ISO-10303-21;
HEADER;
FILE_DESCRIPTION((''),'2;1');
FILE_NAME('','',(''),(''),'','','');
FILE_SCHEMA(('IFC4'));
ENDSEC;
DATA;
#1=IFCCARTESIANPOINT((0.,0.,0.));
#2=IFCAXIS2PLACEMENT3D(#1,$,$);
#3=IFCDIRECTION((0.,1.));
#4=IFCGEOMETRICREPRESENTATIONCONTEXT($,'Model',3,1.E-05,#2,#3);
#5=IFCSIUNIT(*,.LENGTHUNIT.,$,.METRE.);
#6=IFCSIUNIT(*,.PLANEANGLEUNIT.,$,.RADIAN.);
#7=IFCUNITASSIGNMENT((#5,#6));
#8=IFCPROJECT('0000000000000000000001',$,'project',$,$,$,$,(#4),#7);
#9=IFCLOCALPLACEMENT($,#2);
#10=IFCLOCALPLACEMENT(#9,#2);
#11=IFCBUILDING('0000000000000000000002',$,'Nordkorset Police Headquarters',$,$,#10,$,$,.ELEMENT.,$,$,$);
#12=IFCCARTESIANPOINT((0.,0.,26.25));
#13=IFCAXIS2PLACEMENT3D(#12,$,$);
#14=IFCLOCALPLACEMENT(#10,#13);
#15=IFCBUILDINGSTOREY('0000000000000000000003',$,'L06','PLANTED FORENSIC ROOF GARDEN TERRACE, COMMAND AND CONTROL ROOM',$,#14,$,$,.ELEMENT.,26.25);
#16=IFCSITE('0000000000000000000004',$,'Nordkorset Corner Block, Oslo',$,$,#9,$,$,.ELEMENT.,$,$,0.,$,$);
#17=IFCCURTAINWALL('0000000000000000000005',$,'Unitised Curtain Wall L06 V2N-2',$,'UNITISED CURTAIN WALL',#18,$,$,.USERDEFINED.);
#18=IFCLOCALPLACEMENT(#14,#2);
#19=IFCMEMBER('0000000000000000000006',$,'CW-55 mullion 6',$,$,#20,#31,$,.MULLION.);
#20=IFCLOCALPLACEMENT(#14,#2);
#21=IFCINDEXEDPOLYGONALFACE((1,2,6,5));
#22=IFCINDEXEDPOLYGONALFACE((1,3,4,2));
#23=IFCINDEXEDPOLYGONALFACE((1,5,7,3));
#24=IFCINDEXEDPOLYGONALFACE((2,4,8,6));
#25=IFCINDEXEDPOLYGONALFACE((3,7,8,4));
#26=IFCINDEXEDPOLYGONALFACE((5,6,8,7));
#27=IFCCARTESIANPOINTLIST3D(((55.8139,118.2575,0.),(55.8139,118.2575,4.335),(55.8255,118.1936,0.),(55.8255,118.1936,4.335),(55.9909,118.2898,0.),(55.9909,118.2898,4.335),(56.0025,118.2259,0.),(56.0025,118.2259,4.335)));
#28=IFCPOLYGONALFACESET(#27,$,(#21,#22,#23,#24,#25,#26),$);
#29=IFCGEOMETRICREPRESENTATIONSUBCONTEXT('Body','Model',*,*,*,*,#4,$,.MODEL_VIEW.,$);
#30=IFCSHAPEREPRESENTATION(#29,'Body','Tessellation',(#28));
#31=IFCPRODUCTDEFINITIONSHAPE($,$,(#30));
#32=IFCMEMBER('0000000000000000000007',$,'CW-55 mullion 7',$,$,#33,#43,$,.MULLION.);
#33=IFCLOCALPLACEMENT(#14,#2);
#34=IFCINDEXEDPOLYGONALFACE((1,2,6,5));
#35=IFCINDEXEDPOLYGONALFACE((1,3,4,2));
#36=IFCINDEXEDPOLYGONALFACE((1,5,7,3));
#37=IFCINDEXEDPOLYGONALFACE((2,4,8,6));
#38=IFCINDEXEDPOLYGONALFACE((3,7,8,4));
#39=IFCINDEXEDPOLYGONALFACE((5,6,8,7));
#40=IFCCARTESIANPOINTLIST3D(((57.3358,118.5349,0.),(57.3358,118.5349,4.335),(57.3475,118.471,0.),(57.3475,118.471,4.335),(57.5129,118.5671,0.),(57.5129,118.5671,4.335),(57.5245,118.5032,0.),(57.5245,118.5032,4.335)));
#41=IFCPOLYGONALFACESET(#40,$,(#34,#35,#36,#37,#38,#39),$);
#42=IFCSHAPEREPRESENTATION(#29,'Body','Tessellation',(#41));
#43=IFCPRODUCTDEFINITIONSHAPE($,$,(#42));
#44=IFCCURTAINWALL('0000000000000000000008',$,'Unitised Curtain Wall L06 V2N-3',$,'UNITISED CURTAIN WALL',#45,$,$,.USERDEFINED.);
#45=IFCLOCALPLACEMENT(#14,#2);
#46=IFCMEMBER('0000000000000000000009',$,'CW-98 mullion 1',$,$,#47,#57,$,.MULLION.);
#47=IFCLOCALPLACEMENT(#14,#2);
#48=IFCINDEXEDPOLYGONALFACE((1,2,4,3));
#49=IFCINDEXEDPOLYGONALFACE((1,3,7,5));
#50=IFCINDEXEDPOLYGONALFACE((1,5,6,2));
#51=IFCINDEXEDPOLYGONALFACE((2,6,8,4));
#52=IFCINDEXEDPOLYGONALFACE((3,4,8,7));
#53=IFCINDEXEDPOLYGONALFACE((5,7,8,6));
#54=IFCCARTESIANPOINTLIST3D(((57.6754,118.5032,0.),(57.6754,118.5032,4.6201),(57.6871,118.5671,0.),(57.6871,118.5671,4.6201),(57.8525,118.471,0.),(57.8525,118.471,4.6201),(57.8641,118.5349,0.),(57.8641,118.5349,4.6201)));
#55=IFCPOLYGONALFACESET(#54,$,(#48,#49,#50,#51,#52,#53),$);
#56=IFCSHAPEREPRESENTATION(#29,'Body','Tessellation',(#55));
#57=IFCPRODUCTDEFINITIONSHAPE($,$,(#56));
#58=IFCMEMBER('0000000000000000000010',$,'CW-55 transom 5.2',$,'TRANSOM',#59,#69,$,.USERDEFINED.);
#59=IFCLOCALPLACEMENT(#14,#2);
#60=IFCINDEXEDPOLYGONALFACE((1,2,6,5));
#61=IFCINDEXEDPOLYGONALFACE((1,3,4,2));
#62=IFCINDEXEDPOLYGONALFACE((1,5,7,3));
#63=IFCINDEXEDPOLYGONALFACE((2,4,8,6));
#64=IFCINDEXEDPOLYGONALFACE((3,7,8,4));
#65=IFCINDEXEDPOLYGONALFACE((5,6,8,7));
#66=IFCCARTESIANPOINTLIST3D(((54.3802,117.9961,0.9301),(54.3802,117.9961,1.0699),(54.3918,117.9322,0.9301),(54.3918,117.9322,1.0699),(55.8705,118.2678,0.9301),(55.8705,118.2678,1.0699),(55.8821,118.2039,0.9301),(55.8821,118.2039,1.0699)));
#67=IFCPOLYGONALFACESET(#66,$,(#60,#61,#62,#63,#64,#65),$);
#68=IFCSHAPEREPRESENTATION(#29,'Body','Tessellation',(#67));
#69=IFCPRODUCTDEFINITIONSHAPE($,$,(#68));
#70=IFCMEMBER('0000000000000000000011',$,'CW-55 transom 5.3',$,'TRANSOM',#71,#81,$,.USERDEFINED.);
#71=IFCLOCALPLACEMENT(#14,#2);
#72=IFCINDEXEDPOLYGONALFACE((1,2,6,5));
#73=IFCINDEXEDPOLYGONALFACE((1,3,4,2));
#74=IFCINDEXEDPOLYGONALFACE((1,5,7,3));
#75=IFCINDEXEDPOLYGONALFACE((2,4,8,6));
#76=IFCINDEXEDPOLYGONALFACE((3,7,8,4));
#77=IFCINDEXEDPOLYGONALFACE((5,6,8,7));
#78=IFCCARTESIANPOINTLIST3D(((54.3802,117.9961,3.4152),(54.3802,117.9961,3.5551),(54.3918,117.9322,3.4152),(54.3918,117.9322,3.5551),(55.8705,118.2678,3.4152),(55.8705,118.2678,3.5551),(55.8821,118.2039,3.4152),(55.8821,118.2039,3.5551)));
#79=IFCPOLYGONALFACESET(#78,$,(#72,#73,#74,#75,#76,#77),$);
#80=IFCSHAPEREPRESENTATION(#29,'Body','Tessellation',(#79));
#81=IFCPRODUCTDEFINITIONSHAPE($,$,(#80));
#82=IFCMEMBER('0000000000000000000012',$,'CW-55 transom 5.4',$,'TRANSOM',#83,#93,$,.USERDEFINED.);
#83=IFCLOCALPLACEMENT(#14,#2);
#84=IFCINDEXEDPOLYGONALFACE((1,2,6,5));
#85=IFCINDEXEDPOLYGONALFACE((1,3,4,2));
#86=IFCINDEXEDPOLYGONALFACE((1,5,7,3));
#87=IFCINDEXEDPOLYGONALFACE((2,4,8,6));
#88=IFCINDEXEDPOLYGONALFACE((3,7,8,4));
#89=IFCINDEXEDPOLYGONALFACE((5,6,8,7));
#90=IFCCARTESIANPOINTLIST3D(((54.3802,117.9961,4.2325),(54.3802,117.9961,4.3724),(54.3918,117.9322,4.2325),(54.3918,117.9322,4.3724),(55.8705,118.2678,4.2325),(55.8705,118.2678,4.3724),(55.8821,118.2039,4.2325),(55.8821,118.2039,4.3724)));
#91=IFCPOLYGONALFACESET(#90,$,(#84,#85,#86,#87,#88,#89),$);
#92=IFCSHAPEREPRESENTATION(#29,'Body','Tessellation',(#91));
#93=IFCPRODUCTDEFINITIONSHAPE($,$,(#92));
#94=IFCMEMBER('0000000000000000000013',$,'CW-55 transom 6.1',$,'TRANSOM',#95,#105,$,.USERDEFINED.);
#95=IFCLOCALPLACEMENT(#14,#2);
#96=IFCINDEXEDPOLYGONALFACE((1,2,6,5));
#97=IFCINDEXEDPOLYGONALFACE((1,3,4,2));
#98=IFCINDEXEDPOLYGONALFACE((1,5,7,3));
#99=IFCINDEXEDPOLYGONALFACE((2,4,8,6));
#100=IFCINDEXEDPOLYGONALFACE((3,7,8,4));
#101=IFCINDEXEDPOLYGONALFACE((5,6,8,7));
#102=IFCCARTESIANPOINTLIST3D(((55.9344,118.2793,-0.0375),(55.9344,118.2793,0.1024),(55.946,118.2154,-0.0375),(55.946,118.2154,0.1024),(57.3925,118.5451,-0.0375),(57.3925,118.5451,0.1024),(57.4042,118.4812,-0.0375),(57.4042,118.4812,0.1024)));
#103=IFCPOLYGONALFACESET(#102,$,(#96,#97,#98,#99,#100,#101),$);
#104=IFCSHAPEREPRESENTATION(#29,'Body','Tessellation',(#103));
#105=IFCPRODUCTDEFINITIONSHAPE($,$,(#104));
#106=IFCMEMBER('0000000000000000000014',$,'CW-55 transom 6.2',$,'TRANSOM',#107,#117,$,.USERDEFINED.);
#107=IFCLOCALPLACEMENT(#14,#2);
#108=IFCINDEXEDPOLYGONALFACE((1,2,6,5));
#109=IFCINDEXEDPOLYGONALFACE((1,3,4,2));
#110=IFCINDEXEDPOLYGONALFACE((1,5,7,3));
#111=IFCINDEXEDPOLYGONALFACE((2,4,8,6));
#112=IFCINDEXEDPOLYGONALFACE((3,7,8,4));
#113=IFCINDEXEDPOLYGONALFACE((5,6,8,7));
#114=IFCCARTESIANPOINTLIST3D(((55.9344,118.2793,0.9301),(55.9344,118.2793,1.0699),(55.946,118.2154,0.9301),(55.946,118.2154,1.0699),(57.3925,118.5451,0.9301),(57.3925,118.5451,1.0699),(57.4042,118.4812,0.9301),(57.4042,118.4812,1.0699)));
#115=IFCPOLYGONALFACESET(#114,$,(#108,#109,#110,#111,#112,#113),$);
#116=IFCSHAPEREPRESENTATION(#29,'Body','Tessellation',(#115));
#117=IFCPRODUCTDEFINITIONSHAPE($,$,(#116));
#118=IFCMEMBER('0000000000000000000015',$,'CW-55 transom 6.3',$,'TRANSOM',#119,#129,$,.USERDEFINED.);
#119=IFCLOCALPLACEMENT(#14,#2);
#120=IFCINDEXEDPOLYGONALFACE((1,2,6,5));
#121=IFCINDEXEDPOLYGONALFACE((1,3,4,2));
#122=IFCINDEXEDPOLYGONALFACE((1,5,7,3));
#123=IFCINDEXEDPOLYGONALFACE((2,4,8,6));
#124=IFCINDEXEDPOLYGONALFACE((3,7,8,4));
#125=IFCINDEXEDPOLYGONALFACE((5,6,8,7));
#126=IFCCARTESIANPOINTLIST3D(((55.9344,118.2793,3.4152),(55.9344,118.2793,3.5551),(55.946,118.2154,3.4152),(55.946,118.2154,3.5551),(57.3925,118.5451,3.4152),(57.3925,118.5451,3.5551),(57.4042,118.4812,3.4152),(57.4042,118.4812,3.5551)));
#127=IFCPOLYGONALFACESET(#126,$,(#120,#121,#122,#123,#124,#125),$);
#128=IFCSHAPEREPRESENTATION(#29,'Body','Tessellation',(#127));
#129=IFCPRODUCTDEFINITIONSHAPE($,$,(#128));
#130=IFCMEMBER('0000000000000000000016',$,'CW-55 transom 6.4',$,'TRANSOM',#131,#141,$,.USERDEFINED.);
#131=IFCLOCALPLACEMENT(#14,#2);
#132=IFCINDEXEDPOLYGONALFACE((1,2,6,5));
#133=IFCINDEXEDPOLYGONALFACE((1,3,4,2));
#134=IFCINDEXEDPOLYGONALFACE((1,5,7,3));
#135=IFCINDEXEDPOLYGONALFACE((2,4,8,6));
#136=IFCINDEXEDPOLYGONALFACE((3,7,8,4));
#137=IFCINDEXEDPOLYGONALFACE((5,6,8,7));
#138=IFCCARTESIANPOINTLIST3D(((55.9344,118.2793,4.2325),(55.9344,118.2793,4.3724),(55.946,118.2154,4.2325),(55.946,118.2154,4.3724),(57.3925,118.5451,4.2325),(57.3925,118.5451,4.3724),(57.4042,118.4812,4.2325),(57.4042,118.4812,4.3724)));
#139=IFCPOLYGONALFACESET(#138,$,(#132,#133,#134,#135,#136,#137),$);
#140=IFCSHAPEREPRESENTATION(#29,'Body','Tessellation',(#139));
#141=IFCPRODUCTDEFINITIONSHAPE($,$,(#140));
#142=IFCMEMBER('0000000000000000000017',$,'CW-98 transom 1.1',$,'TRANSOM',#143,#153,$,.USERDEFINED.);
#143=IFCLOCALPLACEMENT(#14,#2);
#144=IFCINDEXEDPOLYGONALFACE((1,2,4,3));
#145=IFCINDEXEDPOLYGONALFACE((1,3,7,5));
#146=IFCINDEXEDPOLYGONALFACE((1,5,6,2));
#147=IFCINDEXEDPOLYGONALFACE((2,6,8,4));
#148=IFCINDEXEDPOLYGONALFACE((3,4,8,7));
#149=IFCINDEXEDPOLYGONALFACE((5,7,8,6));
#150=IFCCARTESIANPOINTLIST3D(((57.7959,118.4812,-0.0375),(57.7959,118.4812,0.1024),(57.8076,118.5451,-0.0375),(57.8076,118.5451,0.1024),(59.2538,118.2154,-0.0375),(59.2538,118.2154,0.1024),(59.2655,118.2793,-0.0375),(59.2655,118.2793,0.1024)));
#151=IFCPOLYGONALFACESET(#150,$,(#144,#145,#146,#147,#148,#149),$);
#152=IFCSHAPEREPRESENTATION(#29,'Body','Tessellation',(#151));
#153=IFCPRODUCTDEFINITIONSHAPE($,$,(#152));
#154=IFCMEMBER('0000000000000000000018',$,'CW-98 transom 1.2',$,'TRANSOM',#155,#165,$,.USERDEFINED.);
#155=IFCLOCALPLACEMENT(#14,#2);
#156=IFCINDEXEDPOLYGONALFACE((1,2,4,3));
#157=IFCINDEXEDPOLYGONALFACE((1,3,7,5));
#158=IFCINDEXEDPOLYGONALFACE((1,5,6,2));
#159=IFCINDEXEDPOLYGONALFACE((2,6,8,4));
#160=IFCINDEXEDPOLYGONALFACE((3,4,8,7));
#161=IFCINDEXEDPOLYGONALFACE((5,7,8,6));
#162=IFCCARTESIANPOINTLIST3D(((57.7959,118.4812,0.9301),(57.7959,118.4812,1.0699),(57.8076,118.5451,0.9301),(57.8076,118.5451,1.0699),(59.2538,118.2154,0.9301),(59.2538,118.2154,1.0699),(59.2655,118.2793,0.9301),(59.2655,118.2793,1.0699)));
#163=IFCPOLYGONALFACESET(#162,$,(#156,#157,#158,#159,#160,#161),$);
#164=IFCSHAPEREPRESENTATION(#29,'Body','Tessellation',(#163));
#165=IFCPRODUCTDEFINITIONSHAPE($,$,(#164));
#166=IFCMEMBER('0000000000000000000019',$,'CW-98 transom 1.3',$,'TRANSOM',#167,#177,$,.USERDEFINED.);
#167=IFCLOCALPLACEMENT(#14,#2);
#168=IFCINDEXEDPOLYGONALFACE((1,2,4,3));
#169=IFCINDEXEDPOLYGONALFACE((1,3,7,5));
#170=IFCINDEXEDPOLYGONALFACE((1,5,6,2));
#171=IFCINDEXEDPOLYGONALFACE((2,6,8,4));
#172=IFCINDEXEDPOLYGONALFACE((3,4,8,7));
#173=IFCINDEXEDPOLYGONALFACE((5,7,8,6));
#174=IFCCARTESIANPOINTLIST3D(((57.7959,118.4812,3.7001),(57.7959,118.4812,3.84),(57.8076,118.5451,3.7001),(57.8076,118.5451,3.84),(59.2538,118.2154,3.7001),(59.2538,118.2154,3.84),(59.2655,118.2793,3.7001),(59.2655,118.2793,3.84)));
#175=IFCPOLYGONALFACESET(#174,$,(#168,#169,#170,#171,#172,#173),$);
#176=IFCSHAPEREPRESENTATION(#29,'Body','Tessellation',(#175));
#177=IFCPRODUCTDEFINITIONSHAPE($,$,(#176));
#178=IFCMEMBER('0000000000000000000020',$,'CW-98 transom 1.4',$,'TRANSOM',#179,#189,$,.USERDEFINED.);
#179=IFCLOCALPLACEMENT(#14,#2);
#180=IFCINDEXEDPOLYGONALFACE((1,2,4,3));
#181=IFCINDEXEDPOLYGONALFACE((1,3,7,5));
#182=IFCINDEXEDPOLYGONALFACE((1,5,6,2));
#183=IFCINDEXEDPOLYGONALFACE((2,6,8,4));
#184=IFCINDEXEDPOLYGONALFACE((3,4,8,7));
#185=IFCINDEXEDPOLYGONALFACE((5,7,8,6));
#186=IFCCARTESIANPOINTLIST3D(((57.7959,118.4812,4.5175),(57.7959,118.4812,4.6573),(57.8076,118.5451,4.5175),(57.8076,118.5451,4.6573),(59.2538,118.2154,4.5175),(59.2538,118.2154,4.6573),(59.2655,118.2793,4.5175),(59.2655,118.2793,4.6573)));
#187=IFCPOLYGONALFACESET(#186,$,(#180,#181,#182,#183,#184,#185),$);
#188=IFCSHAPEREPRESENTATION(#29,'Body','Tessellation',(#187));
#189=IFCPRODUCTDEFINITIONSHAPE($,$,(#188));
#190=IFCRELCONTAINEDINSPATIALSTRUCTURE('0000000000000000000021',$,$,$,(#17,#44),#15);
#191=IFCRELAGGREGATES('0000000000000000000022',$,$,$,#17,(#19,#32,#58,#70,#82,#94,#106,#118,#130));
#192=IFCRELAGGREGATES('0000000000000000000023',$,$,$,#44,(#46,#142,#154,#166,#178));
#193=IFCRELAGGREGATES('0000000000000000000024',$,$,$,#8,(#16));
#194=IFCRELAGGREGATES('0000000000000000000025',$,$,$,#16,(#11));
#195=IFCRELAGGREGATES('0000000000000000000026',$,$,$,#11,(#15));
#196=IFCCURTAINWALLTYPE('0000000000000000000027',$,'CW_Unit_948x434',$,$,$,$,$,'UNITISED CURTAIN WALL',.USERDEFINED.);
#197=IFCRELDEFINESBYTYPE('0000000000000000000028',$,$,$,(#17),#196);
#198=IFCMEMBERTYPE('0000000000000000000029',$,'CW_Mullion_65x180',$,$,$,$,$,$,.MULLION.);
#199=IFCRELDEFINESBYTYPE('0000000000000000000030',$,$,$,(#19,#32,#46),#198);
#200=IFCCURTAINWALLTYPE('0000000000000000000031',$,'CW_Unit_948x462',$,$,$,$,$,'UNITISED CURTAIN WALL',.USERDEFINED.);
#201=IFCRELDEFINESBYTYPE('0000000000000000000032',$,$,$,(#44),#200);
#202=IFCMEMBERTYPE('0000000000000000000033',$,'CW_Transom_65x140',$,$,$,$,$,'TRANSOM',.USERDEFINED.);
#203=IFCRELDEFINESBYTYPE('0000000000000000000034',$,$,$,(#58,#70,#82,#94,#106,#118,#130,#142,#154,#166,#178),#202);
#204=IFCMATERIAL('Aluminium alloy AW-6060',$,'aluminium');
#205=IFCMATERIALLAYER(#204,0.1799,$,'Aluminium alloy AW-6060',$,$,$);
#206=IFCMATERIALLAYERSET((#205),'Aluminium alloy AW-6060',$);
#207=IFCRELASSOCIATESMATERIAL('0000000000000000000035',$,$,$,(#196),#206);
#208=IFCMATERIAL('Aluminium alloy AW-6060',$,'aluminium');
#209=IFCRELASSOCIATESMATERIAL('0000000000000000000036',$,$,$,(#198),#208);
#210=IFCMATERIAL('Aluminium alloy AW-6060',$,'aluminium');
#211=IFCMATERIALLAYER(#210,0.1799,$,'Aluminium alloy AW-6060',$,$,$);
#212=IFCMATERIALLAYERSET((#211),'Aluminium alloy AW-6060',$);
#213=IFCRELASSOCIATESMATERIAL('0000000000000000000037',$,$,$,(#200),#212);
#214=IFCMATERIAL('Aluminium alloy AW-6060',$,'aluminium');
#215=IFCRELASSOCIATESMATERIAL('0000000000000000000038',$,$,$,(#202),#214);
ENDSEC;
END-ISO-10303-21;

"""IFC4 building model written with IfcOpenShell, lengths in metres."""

from ifc_helpers import new_model, si_unit, direction, frame, origin, origin_2d, place, context, subcontext, project, spatial, rectangle, extrude, material, layer, layer_set, material_profile, profile_set, type_object, element, aggregate, save


model = new_model("IFC4")

# Units and contexts
model_context = context("Model", 3, precision=1e-05, world=origin(), true_north=direction((0.0, 1.0)))
body_context = subcontext(model_context, "Body", "Model", "MODEL_VIEW")
ifc_project = project(units=[si_unit("LENGTHUNIT", "METRE"), si_unit("PLANEANGLEUNIT", "RADIAN")], contexts=[model_context])

# Site, building, storey
site_placement = place(None, origin())
site = spatial("IfcSite", under=ifc_project, at=site_placement, Name="Nordkorset Corner Block, Oslo", CompositionType="ELEMENT", RefElevation=0.0)
building_placement = place(site_placement, origin())
building = spatial("IfcBuilding", under=site, at=building_placement, Name="Nordkorset Police Headquarters", CompositionType="ELEMENT")
storey_placement = place(building_placement, frame((0.0, 0.0, 26.25)))
storey = spatial("IfcBuildingStorey", under=building, at=storey_placement, Name="L06", Description="PLANTED FORENSIC ROOF GARDEN TERRACE, COMMAND AND CONTROL ROOM", CompositionType="ELEMENT", Elevation=26.25)

# Curtain wall, members
ifc_material_1 = material(Name="Aluminium alloy AW-6060", Category="aluminium")
ifc_layer_1 = layer(ifc_material_1, 0.1799, Name="Aluminium alloy AW-6060")
ifc_layer_set_1 = layer_set([ifc_layer_1], Name="Aluminium alloy AW-6060")
curtain_wall_type_1 = type_object("IfcCurtainWallType", Name="CW_Unit_948x434", ElementType="UNITISED CURTAIN WALL", PredefinedType="USERDEFINED", material=ifc_layer_set_1)
curtain_wall_1_placement = place(storey_placement, origin())
curtain_wall_1 = element("IfcCurtainWall", 1, at=curtain_wall_1_placement, inside=storey, type_object=curtain_wall_type_1, Name="Unitised Curtain Wall L06 V2N-2", ObjectType="UNITISED CURTAIN WALL", PredefinedType="USERDEFINED")
ifc_material_2 = material(Name="Aluminium alloy AW-6060", Category="aluminium")
ifc_material_profile_1 = material_profile(ifc_material_2, rectangle(XDim=0.0649, YDim=0.1799, at=origin_2d()), Name="ALU MULL 65x180")
ifc_profile_set_1 = profile_set([ifc_material_profile_1], Name="Aluminium alloy AW-6060")
member_type_1 = type_object("IfcMemberType", Name="CW_Mullion_65x180", PredefinedType="MULLION", material=ifc_profile_set_1)
member_1_placement = place(storey_placement, frame((55.9082, 118.2417, 0.0), z_axis=(0.0, 0.0, 1.0), x_axis=(-0.179336, 0.983788, 0.0)))
member_1 = element("IfcMember", 2, at=member_1_placement, type_object=member_type_1, Name="CW-55 mullion 6", PredefinedType="MULLION", context=body_context, shape_type="SweptSolid", body=[
    extrude(rectangle(XDim=0.0649, YDim=0.1799, at=origin_2d()), origin(), (0.0, 0.0, 1.0), 4.335),
])
member_2_placement = place(storey_placement, frame((57.4302, 118.519, 0.0), z_axis=(0.0, 0.0, 1.0), x_axis=(-0.179336, 0.983788, 0.0)))
member_2 = element("IfcMember", 3, at=member_2_placement, type_object=member_type_1, Name="CW-55 mullion 7", PredefinedType="MULLION", context=body_context, shape_type="SweptSolid", body=[
    extrude(rectangle(XDim=0.0649, YDim=0.1799, at=origin_2d()), origin(), (0.0, 0.0, 1.0), 4.335),
])

# Curtain wall, member
ifc_material_3 = material(Name="Aluminium alloy AW-6060", Category="aluminium")
ifc_layer_2 = layer(ifc_material_3, 0.1799, Name="Aluminium alloy AW-6060")
ifc_layer_set_2 = layer_set([ifc_layer_2], Name="Aluminium alloy AW-6060")
curtain_wall_type_2 = type_object("IfcCurtainWallType", Name="CW_Unit_948x462", ElementType="UNITISED CURTAIN WALL", PredefinedType="USERDEFINED", material=ifc_layer_set_2)
curtain_wall_2_placement = place(storey_placement, origin())
curtain_wall_2 = element("IfcCurtainWall", 4, at=curtain_wall_2_placement, inside=storey, type_object=curtain_wall_type_2, Name="Unitised Curtain Wall L06 V2N-3", ObjectType="UNITISED CURTAIN WALL", PredefinedType="USERDEFINED")
member_3_placement = place(storey_placement, frame((57.7698, 118.519, 0.0), z_axis=(0.0, 0.0, 1.0), x_axis=(0.179336, 0.983788, 0.0)))
member_3 = element("IfcMember", 5, at=member_3_placement, type_object=member_type_1, Name="CW-98 mullion 1", PredefinedType="MULLION", context=body_context, shape_type="SweptSolid", body=[
    extrude(rectangle(XDim=0.0649, YDim=0.1799, at=origin_2d()), origin(), (0.0, 0.0, 1.0), 4.6201),
])

# Members
ifc_material_4 = material(Name="Aluminium alloy AW-6060", Category="aluminium")
ifc_material_profile_2 = material_profile(ifc_material_4, rectangle(XDim=0.0649, YDim=0.1399, at=origin_2d()), Name="ALU TRAN 65x140")
ifc_profile_set_2 = profile_set([ifc_material_profile_2], Name="Aluminium alloy AW-6060")
member_type_2 = type_object("IfcMemberType", Name="CW_Transom_65x140", ElementType="TRANSOM", PredefinedType="USERDEFINED", material=ifc_profile_set_2)
member_4_placement = place(storey_placement, frame((54.386, 117.9641, 1.0), z_axis=(0.98378, 0.179382, 0.0), x_axis=(-0.179382, 0.98378, 0.0)))
member_4 = element("IfcMember", 6, at=member_4_placement, type_object=member_type_2, Name="CW-55 transom 5.2", ObjectType="TRANSOM", PredefinedType="USERDEFINED", context=body_context, shape_type="SweptSolid", body=[
    extrude(rectangle(XDim=0.0649, YDim=0.1399, at=origin_2d()), origin(), (0.0, 0.0, 1.0), 1.5149),
])
member_5_placement = place(storey_placement, frame((54.386, 117.9641, 3.4851), z_axis=(0.98378, 0.179382, 0.0), x_axis=(-0.179382, 0.98378, 0.0)))
member_5 = element("IfcMember", 7, at=member_5_placement, type_object=member_type_2, Name="CW-55 transom 5.3", ObjectType="TRANSOM", PredefinedType="USERDEFINED", context=body_context, shape_type="SweptSolid", body=[
    extrude(rectangle(XDim=0.0649, YDim=0.1399, at=origin_2d()), origin(), (0.0, 0.0, 1.0), 1.5149),
])
member_6_placement = place(storey_placement, frame((54.386, 117.9641, 4.3025), z_axis=(0.98378, 0.179382, 0.0), x_axis=(-0.179382, 0.98378, 0.0)))
member_6 = element("IfcMember", 8, at=member_6_placement, type_object=member_type_2, Name="CW-55 transom 5.4", ObjectType="TRANSOM", PredefinedType="USERDEFINED", context=body_context, shape_type="SweptSolid", body=[
    extrude(rectangle(XDim=0.0649, YDim=0.1399, at=origin_2d()), origin(), (0.0, 0.0, 1.0), 1.5149),
])
member_7_placement = place(storey_placement, frame((55.9402, 118.2473, 0.0325), z_axis=(0.983783, 0.179364, 0.0), x_axis=(-0.179364, 0.983783, 0.0)))
member_7 = element("IfcMember", 9, at=member_7_placement, type_object=member_type_2, Name="CW-55 transom 6.1", ObjectType="TRANSOM", PredefinedType="USERDEFINED", context=body_context, shape_type="SweptSolid", body=[
    extrude(rectangle(XDim=0.0649, YDim=0.1399, at=origin_2d()), origin(), (0.0, 0.0, 1.0), 1.4822),
])
member_8_placement = place(storey_placement, frame((55.9402, 118.2473, 1.0), z_axis=(0.983783, 0.179364, 0.0), x_axis=(-0.179364, 0.983783, 0.0)))
member_8 = element("IfcMember", 10, at=member_8_placement, type_object=member_type_2, Name="CW-55 transom 6.2", ObjectType="TRANSOM", PredefinedType="USERDEFINED", context=body_context, shape_type="SweptSolid", body=[
    extrude(rectangle(XDim=0.0649, YDim=0.1399, at=origin_2d()), origin(), (0.0, 0.0, 1.0), 1.4822),
])
member_9_placement = place(storey_placement, frame((55.9402, 118.2473, 3.4851), z_axis=(0.983783, 0.179364, 0.0), x_axis=(-0.179364, 0.983783, 0.0)))
member_9 = element("IfcMember", 11, at=member_9_placement, type_object=member_type_2, Name="CW-55 transom 6.3", ObjectType="TRANSOM", PredefinedType="USERDEFINED", context=body_context, shape_type="SweptSolid", body=[
    extrude(rectangle(XDim=0.0649, YDim=0.1399, at=origin_2d()), origin(), (0.0, 0.0, 1.0), 1.4822),
])
member_10_placement = place(storey_placement, frame((55.9402, 118.2473, 4.3025), z_axis=(0.983783, 0.179364, 0.0), x_axis=(-0.179364, 0.983783, 0.0)))
member_10 = element("IfcMember", 12, at=member_10_placement, type_object=member_type_2, Name="CW-55 transom 6.4", ObjectType="TRANSOM", PredefinedType="USERDEFINED", context=body_context, shape_type="SweptSolid", body=[
    extrude(rectangle(XDim=0.0649, YDim=0.1399, at=origin_2d()), origin(), (0.0, 0.0, 1.0), 1.4822),
])
member_11_placement = place(storey_placement, frame((57.8018, 118.5132, 0.0325), z_axis=(0.983778, -0.179393, 0.0), x_axis=(0.179393, 0.983778, 0.0)))
member_11 = element("IfcMember", 13, at=member_11_placement, type_object=member_type_2, Name="CW-98 transom 1.1", ObjectType="TRANSOM", PredefinedType="USERDEFINED", context=body_context, shape_type="SweptSolid", body=[
    extrude(rectangle(XDim=0.0649, YDim=0.1399, at=origin_2d()), origin(), (0.0, 0.0, 1.0), 1.4819),
])
member_12_placement = place(storey_placement, frame((57.8018, 118.5132, 1.0), z_axis=(0.983778, -0.179393, 0.0), x_axis=(0.179393, 0.983778, 0.0)))
member_12 = element("IfcMember", 14, at=member_12_placement, type_object=member_type_2, Name="CW-98 transom 1.2", ObjectType="TRANSOM", PredefinedType="USERDEFINED", context=body_context, shape_type="SweptSolid", body=[
    extrude(rectangle(XDim=0.0649, YDim=0.1399, at=origin_2d()), origin(), (0.0, 0.0, 1.0), 1.4819),
])
member_13_placement = place(storey_placement, frame((57.8018, 118.5132, 3.77), z_axis=(0.983778, -0.179393, 0.0), x_axis=(0.179393, 0.983778, 0.0)))
member_13 = element("IfcMember", 15, at=member_13_placement, type_object=member_type_2, Name="CW-98 transom 1.3", ObjectType="TRANSOM", PredefinedType="USERDEFINED", context=body_context, shape_type="SweptSolid", body=[
    extrude(rectangle(XDim=0.0649, YDim=0.1399, at=origin_2d()), origin(), (0.0, 0.0, 1.0), 1.4819),
])
member_14_placement = place(storey_placement, frame((57.8018, 118.5132, 4.5874), z_axis=(0.983778, -0.179393, 0.0), x_axis=(0.179393, 0.983778, 0.0)))
member_14 = element("IfcMember", 16, at=member_14_placement, type_object=member_type_2, Name="CW-98 transom 1.4", ObjectType="TRANSOM", PredefinedType="USERDEFINED", context=body_context, shape_type="SweptSolid", body=[
    extrude(rectangle(XDim=0.0649, YDim=0.1399, at=origin_2d()), origin(), (0.0, 0.0, 1.0), 1.4819),
])

aggregate(curtain_wall_1, [member_1, member_2, member_4, member_5, member_6, member_7, member_8, member_9, member_10])
aggregate(curtain_wall_2, [member_3, member_11, member_12, member_13, member_14])

save(model, "model.ifc")
